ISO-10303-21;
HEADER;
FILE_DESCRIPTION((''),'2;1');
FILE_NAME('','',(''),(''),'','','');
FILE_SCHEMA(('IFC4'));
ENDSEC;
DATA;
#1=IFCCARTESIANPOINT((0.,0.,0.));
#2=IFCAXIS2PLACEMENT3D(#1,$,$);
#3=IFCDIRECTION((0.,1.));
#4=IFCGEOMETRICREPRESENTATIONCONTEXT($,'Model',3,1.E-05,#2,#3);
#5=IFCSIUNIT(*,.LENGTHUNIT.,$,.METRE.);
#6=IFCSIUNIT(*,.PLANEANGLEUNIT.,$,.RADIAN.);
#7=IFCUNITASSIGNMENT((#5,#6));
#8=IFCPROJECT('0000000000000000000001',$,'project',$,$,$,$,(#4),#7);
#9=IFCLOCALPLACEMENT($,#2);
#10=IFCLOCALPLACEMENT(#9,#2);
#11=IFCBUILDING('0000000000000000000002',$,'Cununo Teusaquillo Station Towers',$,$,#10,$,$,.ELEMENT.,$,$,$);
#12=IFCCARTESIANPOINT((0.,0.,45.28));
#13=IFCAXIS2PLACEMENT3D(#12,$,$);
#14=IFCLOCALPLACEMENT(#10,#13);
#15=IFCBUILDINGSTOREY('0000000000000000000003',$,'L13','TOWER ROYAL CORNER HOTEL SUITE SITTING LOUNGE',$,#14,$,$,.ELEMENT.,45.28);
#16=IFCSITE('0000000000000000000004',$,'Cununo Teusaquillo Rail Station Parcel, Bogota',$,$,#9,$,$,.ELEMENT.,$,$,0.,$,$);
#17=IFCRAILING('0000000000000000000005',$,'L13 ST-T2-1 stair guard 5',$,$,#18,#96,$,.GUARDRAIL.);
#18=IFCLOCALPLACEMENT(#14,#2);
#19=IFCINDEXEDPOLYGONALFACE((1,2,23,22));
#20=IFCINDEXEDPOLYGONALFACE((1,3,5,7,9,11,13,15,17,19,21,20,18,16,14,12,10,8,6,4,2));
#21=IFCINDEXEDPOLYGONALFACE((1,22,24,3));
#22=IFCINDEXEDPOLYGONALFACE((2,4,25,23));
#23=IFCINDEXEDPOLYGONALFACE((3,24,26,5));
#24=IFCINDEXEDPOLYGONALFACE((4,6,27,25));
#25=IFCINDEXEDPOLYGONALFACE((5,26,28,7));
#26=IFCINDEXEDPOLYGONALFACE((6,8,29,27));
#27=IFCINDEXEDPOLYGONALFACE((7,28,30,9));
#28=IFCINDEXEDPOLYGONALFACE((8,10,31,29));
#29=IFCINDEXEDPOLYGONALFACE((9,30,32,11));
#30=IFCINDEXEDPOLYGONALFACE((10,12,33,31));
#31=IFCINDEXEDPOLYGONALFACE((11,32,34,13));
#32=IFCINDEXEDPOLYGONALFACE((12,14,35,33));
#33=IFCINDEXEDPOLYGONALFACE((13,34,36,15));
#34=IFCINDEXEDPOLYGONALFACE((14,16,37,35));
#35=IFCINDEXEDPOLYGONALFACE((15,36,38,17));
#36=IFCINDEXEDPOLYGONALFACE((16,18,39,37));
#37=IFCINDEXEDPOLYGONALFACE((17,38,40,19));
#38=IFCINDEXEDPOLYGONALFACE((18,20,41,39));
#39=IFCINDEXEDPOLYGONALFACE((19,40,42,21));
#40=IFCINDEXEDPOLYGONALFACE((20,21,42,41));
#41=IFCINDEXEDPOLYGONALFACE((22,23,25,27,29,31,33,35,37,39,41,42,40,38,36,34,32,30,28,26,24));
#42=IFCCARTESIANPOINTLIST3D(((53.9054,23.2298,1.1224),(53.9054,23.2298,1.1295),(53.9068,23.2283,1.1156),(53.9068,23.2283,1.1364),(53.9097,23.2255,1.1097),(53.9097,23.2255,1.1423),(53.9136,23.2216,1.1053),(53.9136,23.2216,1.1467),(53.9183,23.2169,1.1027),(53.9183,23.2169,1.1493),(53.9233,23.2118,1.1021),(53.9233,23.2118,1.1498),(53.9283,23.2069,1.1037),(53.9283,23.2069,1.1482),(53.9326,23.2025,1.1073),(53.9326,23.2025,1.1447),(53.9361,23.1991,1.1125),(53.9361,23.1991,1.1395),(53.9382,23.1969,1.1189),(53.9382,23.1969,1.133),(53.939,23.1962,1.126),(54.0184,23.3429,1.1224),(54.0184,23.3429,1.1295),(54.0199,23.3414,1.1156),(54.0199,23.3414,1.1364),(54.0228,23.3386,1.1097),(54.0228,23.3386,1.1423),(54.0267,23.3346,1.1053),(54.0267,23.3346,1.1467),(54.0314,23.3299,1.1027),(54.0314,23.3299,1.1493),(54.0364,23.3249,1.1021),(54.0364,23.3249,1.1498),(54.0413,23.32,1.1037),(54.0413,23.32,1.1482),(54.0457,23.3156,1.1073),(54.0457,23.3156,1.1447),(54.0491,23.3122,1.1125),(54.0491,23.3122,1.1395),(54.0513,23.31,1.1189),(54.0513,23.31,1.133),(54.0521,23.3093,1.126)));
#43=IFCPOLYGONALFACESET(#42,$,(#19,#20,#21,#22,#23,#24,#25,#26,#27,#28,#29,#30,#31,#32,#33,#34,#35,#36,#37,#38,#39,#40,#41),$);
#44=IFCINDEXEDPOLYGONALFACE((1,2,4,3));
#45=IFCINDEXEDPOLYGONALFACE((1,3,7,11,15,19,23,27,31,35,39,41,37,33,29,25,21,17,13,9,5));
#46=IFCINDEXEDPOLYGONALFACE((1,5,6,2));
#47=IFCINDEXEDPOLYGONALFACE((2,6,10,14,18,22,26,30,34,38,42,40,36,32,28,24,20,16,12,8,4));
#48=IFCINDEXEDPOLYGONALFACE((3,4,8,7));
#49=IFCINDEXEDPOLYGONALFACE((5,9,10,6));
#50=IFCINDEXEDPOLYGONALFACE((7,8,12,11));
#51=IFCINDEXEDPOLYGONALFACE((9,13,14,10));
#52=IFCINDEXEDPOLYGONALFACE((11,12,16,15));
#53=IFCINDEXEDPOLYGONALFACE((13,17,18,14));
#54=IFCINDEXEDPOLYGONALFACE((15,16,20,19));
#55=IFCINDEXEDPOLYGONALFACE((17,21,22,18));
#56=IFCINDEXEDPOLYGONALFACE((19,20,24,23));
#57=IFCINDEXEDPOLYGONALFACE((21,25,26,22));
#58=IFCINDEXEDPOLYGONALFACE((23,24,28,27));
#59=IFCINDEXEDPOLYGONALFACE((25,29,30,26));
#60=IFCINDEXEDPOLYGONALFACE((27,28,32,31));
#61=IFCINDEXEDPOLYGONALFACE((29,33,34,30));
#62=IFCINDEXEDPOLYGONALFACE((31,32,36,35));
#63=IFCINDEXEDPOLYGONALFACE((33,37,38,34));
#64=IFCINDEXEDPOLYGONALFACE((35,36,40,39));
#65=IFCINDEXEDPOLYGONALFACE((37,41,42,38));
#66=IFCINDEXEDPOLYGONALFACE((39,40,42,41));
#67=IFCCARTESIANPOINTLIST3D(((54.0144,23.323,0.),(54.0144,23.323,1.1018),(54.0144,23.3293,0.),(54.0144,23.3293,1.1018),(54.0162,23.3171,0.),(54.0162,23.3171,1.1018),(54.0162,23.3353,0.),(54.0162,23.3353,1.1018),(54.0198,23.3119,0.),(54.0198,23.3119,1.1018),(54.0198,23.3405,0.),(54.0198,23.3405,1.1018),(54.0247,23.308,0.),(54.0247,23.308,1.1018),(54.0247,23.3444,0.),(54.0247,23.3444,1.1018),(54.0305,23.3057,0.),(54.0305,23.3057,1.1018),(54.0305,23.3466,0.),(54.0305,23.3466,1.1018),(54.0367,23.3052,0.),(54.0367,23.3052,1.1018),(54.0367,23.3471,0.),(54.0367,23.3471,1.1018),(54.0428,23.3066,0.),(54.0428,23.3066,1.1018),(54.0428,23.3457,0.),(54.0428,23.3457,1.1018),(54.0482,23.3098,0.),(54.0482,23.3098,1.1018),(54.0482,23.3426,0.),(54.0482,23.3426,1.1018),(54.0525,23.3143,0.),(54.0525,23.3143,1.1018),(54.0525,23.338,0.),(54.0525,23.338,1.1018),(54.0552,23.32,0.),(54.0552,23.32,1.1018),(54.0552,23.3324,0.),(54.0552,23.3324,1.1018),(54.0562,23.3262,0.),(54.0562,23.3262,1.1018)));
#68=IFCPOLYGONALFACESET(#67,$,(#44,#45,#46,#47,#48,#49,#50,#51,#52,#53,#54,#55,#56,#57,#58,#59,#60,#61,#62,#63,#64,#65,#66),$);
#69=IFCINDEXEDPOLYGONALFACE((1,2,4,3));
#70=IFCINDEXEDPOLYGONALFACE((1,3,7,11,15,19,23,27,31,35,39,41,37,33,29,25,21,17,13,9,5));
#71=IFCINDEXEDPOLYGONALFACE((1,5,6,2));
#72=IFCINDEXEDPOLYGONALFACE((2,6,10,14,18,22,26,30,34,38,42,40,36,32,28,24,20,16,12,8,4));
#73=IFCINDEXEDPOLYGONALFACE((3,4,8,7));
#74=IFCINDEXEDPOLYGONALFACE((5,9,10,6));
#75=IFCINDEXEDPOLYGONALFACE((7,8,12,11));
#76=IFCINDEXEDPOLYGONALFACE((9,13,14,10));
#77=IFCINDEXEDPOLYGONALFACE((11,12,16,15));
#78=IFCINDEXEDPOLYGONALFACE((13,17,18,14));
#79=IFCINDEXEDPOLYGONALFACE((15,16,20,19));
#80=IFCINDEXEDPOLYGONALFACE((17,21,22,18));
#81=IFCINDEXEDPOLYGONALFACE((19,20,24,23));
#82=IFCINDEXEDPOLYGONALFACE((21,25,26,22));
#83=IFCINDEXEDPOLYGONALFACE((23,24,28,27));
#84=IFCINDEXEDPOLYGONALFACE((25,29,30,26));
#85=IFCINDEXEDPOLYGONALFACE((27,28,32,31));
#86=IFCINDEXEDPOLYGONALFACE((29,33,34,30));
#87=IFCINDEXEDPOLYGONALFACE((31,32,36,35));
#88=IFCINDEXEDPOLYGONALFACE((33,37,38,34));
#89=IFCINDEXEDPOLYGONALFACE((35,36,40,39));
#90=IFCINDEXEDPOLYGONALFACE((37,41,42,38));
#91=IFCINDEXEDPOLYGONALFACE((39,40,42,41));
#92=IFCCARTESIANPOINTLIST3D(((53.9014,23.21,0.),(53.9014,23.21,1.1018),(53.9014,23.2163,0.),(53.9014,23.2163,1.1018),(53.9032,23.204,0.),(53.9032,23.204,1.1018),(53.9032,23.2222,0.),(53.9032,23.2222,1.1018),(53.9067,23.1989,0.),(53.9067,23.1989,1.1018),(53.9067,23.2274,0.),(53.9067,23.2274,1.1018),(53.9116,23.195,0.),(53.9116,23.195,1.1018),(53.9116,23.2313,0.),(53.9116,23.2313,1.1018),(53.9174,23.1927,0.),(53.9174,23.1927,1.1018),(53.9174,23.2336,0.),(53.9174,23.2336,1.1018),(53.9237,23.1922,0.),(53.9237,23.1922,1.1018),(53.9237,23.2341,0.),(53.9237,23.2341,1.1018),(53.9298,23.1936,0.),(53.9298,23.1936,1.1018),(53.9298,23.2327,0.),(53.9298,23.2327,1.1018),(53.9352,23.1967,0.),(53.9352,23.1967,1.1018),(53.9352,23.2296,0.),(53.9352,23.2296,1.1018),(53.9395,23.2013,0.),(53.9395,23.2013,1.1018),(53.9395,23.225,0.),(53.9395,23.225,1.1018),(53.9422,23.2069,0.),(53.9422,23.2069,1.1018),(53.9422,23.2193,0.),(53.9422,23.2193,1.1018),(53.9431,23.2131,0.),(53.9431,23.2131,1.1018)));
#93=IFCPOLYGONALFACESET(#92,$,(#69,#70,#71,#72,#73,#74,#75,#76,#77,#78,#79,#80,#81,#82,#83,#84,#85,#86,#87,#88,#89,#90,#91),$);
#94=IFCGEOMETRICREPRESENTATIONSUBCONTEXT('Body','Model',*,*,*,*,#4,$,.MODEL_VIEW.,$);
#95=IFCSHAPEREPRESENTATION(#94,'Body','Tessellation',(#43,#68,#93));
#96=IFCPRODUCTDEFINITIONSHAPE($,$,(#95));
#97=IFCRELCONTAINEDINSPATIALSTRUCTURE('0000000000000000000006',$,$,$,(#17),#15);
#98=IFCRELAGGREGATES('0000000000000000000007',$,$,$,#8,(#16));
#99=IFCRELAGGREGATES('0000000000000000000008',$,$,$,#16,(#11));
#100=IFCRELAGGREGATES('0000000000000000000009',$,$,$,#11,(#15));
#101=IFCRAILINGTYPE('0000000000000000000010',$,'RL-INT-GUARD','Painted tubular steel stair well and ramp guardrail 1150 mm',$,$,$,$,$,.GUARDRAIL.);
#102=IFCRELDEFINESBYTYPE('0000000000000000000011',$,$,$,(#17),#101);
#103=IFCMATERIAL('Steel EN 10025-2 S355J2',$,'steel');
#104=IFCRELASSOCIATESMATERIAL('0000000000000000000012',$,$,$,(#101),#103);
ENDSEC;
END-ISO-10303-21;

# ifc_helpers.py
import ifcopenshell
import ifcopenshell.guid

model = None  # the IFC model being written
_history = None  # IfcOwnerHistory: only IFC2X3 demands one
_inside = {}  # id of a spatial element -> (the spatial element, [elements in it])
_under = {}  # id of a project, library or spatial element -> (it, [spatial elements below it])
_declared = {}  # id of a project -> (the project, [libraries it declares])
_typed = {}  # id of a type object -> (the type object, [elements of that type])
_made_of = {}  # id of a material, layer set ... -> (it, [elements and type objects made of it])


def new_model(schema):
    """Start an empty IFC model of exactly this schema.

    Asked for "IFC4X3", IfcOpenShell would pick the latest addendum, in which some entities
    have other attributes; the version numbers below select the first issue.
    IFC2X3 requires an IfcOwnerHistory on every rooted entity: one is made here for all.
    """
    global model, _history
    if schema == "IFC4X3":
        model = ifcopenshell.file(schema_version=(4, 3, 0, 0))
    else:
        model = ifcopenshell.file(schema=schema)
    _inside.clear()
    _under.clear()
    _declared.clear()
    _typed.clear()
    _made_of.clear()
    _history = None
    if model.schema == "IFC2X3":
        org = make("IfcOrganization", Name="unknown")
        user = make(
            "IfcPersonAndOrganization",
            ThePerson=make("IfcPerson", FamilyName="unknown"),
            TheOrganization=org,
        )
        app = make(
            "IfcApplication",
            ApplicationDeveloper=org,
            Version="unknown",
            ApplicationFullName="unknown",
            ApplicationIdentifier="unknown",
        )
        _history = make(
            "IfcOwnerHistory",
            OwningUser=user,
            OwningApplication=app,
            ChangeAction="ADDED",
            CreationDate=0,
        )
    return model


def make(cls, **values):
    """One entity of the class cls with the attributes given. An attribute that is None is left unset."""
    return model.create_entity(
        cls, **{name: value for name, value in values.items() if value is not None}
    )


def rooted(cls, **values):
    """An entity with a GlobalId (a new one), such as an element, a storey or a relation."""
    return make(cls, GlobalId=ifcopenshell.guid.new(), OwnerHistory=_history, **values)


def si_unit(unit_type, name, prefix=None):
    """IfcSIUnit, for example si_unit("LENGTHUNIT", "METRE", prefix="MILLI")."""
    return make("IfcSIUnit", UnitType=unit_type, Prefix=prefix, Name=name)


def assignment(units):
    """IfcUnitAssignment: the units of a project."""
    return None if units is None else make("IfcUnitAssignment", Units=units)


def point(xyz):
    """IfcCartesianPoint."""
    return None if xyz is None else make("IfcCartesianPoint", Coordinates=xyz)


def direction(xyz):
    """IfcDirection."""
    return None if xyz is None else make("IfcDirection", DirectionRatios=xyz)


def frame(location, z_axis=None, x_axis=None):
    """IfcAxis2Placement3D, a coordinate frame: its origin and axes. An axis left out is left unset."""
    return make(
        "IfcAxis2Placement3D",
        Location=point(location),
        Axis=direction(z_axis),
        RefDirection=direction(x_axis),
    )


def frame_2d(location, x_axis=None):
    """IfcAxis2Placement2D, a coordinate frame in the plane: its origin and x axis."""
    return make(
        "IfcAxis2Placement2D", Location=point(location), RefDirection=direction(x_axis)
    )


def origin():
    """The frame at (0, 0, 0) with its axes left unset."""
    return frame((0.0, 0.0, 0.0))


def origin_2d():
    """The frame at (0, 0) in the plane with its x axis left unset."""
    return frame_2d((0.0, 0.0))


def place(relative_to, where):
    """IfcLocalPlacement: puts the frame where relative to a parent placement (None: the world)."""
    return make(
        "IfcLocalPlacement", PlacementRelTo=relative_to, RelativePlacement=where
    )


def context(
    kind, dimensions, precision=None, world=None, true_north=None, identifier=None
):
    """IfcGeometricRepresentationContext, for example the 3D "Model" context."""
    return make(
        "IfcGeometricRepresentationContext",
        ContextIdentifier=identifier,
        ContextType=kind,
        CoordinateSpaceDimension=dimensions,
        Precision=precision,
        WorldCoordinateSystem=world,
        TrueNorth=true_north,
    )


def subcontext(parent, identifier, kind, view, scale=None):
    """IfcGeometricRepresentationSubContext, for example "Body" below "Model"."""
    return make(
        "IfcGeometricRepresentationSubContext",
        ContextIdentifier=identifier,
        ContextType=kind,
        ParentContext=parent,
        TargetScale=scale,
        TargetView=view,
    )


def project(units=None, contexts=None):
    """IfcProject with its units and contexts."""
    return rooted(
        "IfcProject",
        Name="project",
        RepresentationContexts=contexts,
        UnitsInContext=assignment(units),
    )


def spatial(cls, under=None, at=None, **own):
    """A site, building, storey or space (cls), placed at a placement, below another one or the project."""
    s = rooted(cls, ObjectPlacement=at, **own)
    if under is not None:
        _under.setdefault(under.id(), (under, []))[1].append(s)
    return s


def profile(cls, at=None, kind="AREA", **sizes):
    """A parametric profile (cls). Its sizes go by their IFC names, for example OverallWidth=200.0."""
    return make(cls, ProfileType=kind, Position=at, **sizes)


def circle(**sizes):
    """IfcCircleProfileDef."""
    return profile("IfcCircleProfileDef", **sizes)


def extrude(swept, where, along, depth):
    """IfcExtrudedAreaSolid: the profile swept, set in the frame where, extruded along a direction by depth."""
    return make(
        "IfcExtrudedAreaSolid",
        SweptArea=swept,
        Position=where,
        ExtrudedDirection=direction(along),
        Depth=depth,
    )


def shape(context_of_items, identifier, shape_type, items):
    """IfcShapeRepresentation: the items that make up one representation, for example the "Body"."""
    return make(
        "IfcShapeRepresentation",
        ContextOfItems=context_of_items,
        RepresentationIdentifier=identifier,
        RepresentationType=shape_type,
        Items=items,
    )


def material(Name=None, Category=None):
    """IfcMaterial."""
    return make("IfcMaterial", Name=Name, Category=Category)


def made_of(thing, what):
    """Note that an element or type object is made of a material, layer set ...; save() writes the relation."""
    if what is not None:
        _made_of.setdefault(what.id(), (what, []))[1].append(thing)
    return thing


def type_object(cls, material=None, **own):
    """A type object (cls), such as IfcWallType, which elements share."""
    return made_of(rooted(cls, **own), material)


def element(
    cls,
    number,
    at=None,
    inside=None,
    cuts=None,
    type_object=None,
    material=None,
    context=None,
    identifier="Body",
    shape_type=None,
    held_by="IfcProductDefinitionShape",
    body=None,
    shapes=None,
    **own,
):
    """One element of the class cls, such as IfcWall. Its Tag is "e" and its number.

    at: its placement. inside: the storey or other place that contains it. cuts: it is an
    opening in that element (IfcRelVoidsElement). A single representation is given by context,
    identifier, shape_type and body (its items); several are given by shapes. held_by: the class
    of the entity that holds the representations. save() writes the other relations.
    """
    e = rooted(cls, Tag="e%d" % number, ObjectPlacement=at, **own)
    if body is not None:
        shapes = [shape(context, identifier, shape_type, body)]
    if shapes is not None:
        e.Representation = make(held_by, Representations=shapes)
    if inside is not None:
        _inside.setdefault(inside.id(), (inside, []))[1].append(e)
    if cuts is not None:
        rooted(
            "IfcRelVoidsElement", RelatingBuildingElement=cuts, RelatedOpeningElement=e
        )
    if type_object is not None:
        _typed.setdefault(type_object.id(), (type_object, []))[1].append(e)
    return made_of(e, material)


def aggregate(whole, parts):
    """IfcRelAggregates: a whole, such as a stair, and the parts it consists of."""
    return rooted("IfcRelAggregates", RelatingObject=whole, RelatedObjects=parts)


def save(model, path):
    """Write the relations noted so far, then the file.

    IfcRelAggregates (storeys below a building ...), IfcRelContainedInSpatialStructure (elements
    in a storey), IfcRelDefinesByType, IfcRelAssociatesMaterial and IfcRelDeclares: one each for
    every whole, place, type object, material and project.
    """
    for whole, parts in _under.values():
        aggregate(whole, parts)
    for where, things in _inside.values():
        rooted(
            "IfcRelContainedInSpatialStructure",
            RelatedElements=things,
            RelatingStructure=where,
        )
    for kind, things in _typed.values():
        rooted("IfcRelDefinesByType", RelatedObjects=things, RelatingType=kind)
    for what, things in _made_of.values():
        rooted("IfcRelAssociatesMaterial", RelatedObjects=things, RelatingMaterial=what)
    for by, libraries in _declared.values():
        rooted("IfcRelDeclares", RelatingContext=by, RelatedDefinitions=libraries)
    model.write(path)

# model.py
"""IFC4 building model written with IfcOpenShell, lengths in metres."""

from ifc_helpers import new_model, si_unit, direction, frame, origin, origin_2d, place, context, subcontext, project, spatial, circle, extrude, material, type_object, element, save


model = new_model("IFC4")

# Units and contexts
model_context = context("Model", 3, precision=1e-05, world=origin(), true_north=direction((0.0, 1.0)))
body_context = subcontext(model_context, "Body", "Model", "MODEL_VIEW")
ifc_project = project(units=[si_unit("LENGTHUNIT", "METRE"), si_unit("PLANEANGLEUNIT", "RADIAN")], contexts=[model_context])

# Site, building, storey
site_placement = place(None, origin())
site = spatial("IfcSite", under=ifc_project, at=site_placement, Name="Cununo Teusaquillo Rail Station Parcel, Bogota", CompositionType="ELEMENT", RefElevation=0.0)
building_placement = place(site_placement, origin())
building = spatial("IfcBuilding", under=site, at=building_placement, Name="Cununo Teusaquillo Station Towers", CompositionType="ELEMENT")
storey_placement = place(building_placement, frame((0.0, 0.0, 45.28)))
storey = spatial("IfcBuildingStorey", under=building, at=storey_placement, Name="L13", Description="TOWER ROYAL CORNER HOTEL SUITE SITTING LOUNGE", CompositionType="ELEMENT", Elevation=45.28)

# Railing
ifc_material_1 = material(Name="Steel EN 10025-2 S355J2", Category="steel")
railing_type_1 = type_object("IfcRailingType", Name="RL-INT-GUARD", Description="Painted tubular steel stair well and ramp guardrail 1150 mm", PredefinedType="GUARDRAIL", material=ifc_material_1)
railing_1_placement = place(storey_placement, frame((54.0352, 23.3262, 0.0)))
element("IfcRailing", 1, at=railing_1_placement, inside=storey, type_object=railing_type_1, Name="L13 ST-T2-1 stair guard 5", PredefinedType="GUARDRAIL", context=body_context, shape_type="SweptSolid", body=[
    extrude(circle(Radius=0.0239, at=origin_2d()), frame((0.0, 0.0, 1.126), z_axis=(-0.707107, -0.707107, 0.0), x_axis=(0.707107, -0.707107, 0.0)), (0.0, 0.0, 1.0), 0.1599),
    extrude(circle(Radius=0.021, at=origin_2d()), origin(), (0.0, 0.0, 1.0), 1.1018),
    extrude(circle(Radius=0.021, at=origin_2d()), frame((-0.113, -0.113, 0.0)), (0.0, 0.0, 1.0), 1.1018),
])

save(model, "model.ifc")
